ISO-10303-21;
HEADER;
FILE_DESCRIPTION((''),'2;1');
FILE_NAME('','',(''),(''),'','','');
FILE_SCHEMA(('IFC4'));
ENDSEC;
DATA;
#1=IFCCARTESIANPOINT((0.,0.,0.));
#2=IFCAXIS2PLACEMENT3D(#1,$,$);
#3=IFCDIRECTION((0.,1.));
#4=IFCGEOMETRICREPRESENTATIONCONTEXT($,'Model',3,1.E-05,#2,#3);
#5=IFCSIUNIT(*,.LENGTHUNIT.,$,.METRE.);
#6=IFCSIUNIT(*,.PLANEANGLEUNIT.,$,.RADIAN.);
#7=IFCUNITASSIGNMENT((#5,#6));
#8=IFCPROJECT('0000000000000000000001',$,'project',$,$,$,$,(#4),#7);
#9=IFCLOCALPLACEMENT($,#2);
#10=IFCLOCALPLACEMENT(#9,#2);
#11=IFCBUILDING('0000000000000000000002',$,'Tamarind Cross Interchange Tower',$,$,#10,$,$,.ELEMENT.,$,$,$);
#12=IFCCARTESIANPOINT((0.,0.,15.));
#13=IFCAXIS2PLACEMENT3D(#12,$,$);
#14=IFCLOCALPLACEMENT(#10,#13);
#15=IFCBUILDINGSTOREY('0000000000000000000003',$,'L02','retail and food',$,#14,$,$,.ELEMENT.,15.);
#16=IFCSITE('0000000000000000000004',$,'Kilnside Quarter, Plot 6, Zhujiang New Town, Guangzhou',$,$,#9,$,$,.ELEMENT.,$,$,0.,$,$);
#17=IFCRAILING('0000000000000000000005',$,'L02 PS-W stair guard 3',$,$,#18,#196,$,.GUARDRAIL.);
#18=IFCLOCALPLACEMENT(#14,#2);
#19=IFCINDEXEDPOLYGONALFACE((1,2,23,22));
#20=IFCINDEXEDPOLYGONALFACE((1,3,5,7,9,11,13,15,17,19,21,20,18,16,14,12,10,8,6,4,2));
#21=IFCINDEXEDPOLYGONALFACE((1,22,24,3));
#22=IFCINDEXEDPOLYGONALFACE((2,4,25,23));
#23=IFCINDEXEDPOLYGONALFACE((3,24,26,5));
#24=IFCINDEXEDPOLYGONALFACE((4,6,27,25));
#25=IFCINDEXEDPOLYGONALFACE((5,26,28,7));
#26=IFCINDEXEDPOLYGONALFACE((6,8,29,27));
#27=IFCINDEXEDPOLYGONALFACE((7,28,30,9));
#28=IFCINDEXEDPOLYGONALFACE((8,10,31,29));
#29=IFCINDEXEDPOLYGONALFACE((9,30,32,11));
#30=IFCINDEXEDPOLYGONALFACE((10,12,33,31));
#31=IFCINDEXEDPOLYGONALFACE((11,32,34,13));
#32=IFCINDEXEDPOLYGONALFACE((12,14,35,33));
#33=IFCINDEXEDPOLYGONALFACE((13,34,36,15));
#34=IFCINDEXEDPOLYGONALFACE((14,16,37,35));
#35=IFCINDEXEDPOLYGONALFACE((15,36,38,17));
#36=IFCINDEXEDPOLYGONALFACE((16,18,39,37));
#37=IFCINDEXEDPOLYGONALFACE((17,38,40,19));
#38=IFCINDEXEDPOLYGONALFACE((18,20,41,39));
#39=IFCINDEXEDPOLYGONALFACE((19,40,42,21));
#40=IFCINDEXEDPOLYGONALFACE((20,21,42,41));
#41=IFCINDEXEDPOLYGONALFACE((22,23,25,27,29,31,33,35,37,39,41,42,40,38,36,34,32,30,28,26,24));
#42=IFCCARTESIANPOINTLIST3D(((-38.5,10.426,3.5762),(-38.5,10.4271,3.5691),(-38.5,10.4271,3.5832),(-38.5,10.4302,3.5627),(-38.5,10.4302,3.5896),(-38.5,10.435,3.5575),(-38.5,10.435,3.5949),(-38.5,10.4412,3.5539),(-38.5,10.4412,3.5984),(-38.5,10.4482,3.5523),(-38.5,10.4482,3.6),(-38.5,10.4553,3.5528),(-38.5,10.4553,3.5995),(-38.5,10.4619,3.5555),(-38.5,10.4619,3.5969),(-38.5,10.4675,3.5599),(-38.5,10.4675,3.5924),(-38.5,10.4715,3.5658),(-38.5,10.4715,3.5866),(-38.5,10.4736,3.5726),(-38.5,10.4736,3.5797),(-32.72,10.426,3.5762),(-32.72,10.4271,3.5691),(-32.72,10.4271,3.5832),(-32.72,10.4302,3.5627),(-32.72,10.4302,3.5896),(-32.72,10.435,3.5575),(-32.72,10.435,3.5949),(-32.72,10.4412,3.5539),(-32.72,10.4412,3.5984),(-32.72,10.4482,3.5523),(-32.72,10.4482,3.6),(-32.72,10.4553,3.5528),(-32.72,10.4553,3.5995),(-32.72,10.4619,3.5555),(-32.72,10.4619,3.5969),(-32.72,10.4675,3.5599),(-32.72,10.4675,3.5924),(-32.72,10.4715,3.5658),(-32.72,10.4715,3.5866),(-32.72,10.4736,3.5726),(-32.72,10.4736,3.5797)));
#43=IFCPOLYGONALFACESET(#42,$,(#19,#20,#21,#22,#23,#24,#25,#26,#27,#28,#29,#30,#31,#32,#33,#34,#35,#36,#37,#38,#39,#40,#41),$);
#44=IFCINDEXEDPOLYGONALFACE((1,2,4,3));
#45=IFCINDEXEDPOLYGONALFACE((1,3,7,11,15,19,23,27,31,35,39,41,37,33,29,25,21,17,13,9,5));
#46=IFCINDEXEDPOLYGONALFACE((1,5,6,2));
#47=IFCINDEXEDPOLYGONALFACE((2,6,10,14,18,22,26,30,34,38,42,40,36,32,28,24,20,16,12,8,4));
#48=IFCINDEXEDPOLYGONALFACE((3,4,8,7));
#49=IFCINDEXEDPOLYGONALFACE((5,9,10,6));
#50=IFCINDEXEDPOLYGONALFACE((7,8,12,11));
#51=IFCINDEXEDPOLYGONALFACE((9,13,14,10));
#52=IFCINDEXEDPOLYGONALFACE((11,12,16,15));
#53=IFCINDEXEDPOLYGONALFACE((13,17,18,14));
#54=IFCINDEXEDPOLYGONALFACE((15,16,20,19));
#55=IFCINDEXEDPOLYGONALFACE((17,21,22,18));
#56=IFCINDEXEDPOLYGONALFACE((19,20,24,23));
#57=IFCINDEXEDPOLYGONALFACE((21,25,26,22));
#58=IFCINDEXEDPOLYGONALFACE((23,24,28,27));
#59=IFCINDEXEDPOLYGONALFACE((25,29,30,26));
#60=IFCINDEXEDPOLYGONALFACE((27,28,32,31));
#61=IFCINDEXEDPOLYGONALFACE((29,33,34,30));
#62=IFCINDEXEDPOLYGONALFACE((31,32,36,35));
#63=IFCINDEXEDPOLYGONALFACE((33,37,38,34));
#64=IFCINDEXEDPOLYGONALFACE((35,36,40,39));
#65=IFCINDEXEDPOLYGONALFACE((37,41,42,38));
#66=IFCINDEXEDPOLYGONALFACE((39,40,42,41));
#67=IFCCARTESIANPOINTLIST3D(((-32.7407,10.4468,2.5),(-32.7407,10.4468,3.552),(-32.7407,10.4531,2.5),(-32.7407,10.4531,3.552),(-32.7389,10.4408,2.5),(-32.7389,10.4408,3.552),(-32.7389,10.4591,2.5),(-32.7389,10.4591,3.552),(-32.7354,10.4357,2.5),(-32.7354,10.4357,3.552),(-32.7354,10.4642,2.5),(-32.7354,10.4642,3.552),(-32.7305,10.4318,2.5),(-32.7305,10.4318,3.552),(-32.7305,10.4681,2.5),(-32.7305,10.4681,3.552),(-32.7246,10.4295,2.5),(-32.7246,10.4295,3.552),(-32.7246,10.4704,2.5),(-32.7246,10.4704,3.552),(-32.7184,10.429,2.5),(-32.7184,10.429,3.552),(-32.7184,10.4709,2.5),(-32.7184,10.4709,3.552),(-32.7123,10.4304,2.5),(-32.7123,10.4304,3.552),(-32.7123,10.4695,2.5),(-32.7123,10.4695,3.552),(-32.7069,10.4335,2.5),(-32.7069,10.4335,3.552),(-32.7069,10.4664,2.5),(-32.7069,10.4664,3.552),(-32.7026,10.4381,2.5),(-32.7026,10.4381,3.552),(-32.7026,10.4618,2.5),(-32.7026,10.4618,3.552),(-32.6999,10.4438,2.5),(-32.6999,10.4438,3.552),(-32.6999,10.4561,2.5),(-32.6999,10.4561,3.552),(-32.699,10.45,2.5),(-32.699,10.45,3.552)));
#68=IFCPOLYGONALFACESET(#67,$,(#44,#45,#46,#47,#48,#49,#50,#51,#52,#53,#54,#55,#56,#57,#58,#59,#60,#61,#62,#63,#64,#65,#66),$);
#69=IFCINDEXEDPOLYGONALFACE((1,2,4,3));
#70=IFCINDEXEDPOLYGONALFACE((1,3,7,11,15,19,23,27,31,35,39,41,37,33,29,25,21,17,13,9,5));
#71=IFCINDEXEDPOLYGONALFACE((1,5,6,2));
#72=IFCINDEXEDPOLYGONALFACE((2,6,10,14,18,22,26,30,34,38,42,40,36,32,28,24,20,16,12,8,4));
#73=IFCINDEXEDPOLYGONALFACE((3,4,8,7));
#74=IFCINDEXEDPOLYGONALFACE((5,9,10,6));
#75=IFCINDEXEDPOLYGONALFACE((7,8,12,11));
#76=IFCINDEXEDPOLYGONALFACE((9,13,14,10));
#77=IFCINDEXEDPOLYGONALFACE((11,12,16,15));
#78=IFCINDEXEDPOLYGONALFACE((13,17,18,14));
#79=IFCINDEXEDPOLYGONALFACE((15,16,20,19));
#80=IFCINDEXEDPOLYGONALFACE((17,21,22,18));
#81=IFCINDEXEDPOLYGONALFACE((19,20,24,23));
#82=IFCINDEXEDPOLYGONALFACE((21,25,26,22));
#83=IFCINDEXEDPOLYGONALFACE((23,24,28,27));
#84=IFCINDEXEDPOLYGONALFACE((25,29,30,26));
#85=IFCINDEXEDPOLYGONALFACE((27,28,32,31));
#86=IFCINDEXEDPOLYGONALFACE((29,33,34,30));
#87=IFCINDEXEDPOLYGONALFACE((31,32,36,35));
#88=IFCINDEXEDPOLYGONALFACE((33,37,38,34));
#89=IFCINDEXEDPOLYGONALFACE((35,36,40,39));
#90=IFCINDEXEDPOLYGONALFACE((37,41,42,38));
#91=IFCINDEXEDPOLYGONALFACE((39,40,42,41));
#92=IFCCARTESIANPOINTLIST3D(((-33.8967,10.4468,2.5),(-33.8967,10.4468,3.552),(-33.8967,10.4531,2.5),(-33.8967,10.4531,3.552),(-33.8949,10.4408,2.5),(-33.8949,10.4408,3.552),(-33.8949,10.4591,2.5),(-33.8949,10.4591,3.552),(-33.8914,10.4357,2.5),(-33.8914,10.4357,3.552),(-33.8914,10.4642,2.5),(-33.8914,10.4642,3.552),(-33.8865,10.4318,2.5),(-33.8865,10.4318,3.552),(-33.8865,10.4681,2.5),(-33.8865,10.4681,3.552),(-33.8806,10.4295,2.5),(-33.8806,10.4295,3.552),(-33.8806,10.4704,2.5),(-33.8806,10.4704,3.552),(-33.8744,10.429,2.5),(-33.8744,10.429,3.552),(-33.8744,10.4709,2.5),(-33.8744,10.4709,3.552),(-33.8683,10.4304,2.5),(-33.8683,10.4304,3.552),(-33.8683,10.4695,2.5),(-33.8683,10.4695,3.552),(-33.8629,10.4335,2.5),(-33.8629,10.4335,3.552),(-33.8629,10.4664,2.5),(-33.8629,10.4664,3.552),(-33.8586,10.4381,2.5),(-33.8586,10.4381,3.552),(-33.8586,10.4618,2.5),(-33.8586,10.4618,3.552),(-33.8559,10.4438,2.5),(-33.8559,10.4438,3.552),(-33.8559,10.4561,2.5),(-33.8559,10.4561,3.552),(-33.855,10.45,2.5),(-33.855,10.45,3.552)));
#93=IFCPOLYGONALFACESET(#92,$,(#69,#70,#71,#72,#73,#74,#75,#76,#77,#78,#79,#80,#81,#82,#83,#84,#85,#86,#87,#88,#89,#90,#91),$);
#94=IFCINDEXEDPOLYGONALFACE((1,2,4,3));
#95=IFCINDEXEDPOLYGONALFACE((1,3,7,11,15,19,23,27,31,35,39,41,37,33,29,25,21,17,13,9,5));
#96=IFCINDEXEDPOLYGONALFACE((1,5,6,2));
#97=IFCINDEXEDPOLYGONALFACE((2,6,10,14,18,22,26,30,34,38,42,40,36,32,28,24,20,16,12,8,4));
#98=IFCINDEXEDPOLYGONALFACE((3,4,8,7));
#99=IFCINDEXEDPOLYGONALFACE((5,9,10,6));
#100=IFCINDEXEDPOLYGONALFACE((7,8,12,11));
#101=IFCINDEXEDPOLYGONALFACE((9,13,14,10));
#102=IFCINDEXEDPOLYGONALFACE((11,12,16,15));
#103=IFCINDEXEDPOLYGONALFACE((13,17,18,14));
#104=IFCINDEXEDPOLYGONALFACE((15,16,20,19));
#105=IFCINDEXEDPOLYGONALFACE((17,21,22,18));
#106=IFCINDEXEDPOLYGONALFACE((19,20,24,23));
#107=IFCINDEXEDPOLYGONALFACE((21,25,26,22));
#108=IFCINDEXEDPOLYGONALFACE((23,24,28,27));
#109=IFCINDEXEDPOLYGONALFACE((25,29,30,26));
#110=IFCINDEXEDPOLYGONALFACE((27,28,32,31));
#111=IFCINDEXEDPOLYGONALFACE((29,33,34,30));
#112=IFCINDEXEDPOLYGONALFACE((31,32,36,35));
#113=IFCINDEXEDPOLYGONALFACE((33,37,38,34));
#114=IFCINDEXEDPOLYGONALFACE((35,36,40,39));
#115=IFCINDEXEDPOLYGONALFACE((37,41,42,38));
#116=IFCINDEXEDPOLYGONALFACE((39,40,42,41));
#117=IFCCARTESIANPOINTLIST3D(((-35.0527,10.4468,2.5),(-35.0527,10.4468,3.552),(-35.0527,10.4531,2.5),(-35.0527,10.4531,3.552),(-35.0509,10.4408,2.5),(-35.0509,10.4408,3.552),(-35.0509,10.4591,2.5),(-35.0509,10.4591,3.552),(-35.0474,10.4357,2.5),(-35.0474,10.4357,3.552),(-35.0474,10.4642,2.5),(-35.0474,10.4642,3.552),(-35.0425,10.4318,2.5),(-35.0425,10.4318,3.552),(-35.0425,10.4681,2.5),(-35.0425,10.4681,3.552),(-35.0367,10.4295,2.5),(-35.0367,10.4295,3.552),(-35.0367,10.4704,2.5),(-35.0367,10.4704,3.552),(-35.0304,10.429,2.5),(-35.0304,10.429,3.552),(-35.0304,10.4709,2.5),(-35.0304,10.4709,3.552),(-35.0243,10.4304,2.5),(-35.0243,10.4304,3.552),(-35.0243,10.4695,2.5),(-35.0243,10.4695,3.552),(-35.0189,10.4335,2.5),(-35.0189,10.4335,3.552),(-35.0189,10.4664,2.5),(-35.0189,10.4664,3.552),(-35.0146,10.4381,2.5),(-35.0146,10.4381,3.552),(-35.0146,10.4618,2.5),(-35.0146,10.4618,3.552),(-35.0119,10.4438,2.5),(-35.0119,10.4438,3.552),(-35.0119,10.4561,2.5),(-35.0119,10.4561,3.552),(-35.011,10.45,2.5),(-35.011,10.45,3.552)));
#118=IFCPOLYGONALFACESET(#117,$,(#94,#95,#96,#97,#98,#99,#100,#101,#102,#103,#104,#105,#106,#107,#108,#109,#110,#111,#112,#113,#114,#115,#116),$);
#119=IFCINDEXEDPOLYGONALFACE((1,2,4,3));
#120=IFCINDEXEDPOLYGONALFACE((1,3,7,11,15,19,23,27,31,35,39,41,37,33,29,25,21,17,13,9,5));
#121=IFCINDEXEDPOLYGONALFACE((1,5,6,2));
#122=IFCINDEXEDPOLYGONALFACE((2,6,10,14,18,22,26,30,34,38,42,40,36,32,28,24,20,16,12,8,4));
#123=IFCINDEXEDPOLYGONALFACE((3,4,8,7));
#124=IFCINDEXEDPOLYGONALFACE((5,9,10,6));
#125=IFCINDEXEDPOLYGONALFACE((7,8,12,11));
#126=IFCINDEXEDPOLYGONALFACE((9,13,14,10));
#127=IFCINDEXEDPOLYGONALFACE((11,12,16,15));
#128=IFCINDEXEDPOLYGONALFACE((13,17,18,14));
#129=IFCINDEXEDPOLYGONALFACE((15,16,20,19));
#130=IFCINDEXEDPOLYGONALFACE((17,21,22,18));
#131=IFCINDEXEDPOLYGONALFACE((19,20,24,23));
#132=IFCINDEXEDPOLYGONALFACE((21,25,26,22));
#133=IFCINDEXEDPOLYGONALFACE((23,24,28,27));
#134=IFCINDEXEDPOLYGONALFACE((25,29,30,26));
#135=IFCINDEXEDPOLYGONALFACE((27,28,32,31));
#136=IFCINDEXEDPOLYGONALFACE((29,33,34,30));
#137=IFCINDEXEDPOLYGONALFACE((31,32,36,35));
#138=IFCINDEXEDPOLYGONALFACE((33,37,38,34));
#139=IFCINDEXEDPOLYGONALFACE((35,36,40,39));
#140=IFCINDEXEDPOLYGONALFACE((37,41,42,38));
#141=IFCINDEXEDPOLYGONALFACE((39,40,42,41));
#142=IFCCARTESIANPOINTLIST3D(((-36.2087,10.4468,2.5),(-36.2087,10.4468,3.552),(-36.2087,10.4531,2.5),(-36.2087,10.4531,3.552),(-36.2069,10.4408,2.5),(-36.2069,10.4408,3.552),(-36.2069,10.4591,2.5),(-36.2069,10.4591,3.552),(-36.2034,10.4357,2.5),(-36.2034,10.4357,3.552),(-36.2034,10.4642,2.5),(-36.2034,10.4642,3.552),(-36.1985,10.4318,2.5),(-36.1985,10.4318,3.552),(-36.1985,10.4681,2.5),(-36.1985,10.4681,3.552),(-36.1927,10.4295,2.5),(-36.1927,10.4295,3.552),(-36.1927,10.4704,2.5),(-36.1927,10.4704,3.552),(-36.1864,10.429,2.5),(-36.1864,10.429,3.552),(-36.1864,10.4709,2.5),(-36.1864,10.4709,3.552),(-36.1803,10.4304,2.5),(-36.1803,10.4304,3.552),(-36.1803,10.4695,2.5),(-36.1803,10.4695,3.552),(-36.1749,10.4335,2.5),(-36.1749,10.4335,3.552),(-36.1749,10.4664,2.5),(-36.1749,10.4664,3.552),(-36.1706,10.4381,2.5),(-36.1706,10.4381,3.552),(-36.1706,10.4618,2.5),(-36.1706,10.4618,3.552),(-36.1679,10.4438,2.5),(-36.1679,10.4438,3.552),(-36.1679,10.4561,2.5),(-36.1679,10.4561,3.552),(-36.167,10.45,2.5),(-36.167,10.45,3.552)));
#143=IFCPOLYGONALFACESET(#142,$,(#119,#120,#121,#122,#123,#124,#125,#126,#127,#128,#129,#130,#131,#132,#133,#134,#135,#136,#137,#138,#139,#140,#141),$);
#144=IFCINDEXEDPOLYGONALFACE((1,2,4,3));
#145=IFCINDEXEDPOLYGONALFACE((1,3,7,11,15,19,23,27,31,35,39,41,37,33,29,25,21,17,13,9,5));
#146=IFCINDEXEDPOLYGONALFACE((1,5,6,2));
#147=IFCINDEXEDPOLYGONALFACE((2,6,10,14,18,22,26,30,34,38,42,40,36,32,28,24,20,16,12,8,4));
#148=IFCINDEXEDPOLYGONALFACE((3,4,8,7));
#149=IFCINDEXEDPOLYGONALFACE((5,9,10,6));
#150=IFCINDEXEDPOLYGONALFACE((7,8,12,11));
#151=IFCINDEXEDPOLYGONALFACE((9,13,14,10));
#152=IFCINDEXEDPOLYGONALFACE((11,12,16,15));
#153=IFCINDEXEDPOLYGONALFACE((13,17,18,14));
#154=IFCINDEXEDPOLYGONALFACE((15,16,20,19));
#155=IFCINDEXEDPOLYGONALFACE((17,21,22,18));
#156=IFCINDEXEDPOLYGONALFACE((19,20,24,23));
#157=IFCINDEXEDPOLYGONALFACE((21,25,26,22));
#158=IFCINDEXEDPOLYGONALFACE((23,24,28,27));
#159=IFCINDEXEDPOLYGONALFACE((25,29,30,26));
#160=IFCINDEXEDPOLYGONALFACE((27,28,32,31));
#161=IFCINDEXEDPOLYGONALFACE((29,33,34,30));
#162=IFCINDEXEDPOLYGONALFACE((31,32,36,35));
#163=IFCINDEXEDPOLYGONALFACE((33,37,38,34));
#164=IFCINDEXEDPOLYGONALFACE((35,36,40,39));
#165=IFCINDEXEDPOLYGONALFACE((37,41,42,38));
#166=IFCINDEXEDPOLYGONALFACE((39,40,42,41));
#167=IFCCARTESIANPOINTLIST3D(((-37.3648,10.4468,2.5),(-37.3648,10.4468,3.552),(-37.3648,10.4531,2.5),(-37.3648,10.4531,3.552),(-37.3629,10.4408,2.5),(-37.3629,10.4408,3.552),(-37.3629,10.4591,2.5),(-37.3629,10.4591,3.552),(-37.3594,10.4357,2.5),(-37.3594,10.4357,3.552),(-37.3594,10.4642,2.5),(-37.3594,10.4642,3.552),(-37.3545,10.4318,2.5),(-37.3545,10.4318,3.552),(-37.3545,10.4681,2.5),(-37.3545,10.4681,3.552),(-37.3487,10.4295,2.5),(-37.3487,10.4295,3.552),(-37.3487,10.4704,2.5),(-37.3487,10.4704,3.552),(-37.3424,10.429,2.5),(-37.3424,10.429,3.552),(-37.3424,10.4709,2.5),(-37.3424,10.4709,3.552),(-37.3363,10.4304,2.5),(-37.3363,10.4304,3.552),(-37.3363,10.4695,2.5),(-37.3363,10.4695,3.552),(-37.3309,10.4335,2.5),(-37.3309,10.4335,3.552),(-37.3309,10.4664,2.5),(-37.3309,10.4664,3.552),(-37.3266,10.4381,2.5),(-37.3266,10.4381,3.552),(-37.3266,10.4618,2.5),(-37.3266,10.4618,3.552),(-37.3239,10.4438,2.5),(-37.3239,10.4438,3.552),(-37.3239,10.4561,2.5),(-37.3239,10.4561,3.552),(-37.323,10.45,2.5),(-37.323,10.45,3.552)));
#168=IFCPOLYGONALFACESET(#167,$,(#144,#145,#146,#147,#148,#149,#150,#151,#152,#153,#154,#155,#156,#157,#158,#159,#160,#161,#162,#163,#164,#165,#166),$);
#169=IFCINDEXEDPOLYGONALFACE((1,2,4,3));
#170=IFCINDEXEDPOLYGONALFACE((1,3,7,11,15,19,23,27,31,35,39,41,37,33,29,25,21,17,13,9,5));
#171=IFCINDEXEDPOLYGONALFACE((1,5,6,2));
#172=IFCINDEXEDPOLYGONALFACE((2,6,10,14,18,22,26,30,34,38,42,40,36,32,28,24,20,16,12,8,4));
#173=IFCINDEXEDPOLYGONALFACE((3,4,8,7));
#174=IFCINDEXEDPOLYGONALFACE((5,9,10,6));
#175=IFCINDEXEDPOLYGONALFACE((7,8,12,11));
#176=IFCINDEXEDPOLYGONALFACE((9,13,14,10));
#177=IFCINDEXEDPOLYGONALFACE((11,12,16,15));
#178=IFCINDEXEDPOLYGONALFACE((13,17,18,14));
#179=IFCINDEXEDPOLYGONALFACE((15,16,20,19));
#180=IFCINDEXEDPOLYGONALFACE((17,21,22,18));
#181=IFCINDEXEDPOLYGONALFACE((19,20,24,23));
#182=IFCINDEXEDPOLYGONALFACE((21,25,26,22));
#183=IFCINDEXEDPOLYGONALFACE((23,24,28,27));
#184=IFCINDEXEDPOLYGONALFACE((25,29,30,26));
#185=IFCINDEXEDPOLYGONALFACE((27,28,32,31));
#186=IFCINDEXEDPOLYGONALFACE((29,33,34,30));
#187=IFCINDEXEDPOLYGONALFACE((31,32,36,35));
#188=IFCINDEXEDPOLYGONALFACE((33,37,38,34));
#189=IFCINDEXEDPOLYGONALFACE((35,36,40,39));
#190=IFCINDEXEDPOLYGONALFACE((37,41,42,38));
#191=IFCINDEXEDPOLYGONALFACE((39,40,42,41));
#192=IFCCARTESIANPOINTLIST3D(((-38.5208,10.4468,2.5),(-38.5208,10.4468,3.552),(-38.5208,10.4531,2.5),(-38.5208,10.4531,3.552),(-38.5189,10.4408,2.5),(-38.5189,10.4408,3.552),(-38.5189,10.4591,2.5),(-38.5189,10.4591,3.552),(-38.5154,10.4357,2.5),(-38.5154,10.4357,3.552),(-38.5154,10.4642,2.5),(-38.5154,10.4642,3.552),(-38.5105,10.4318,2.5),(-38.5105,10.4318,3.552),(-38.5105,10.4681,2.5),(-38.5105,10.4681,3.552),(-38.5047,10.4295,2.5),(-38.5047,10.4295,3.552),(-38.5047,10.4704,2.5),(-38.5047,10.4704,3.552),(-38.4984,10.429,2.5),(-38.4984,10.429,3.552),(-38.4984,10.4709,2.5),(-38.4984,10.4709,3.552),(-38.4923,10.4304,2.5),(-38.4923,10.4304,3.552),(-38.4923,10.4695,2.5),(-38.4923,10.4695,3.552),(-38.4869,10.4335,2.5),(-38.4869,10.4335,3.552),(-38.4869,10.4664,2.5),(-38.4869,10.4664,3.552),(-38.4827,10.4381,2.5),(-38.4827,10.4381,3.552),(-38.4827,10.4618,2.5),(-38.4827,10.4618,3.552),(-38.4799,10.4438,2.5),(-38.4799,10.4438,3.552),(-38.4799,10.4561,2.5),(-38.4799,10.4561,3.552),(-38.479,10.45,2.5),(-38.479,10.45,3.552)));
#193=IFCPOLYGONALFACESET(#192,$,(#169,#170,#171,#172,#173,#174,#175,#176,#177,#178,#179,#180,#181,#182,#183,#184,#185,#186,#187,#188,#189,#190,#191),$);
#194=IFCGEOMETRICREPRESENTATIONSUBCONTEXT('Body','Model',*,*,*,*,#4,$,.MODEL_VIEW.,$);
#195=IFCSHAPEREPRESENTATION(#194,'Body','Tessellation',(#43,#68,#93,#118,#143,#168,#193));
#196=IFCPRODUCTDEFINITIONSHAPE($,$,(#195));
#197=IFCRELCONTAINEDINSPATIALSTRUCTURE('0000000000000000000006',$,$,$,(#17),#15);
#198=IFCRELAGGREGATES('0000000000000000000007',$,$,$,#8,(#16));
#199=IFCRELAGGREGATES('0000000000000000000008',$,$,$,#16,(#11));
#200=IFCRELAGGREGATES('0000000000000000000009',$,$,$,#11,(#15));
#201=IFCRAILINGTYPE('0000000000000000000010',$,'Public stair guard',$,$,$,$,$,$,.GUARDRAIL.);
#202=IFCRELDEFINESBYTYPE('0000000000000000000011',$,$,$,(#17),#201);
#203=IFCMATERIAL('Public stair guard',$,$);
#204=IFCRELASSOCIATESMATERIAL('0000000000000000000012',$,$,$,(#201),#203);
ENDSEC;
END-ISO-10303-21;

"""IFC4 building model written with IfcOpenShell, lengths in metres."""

from ifc_helpers import new_model, si_unit, direction, frame, origin, origin_2d, place, context, subcontext, project, spatial, circle, extrude, material, type_object, element, save


model = new_model("IFC4")

# Units and contexts
model_context = context("Model", 3, precision=1e-05, world=origin(), true_north=direction((0.0, 1.0)))
body_context = subcontext(model_context, "Body", "Model", "MODEL_VIEW")
ifc_project = project(units=[si_unit("LENGTHUNIT", "METRE"), si_unit("PLANEANGLEUNIT", "RADIAN")], contexts=[model_context])

# Site, building, storey
site_placement = place(None, origin())
site = spatial("IfcSite", under=ifc_project, at=site_placement, Name="Kilnside Quarter, Plot 6, Zhujiang New Town, Guangzhou", CompositionType="ELEMENT", RefElevation=0.0)
building_placement = place(site_placement, origin())
building = spatial("IfcBuilding", under=site, at=building_placement, Name="Tamarind Cross Interchange Tower", CompositionType="ELEMENT")
storey_placement = place(building_placement, frame((0.0, 0.0, 15.0)))
storey = spatial("IfcBuildingStorey", under=building, at=storey_placement, Name="L02", Description="retail and food", CompositionType="ELEMENT", Elevation=15.0)

# Railing
ifc_material_1 = material(Name="Public stair guard")
railing_type_1 = type_object("IfcRailingType", Name="Public stair guard", PredefinedType="GUARDRAIL", material=ifc_material_1)
for number, where, name in (
    (1, (-32.72, 10.45, 2.5), "L02 PS-W stair guard 3"),
):
    element("IfcRailing", number, at=place(storey_placement, frame(where)), inside=storey, type_object=railing_type_1, Name=name, PredefinedType="GUARDRAIL", context=body_context, shape_type="SweptSolid", body=[
        extrude(circle(Radius=0.0239, at=origin_2d()), frame((0.0, 0.0, 1.0762), z_axis=(-1.0, 0.0, 0.0), x_axis=(0.0, -1.0, 0.0)), (0.0, 0.0, 1.0), 5.78),
        extrude(circle(Radius=0.021, at=origin_2d()), origin(), (0.0, 0.0, 1.0), 1.052),
        extrude(circle(Radius=0.021, at=origin_2d()), frame((-1.156, 0.0, 0.0)), (0.0, 0.0, 1.0), 1.052),
        extrude(circle(Radius=0.021, at=origin_2d()), frame((-2.312, 0.0, 0.0)), (0.0, 0.0, 1.0), 1.052),
        extrude(circle(Radius=0.021, at=origin_2d()), frame((-3.468, 0.0, 0.0)), (0.0, 0.0, 1.0), 1.052),
        extrude(circle(Radius=0.021, at=origin_2d()), frame((-4.624, 0.0, 0.0)), (0.0, 0.0, 1.0), 1.052),
        extrude(circle(Radius=0.021, at=origin_2d()), frame((-5.78, 0.0, 0.0)), (0.0, 0.0, 1.0), 1.052),
    ])

save(model, "model.ifc")
